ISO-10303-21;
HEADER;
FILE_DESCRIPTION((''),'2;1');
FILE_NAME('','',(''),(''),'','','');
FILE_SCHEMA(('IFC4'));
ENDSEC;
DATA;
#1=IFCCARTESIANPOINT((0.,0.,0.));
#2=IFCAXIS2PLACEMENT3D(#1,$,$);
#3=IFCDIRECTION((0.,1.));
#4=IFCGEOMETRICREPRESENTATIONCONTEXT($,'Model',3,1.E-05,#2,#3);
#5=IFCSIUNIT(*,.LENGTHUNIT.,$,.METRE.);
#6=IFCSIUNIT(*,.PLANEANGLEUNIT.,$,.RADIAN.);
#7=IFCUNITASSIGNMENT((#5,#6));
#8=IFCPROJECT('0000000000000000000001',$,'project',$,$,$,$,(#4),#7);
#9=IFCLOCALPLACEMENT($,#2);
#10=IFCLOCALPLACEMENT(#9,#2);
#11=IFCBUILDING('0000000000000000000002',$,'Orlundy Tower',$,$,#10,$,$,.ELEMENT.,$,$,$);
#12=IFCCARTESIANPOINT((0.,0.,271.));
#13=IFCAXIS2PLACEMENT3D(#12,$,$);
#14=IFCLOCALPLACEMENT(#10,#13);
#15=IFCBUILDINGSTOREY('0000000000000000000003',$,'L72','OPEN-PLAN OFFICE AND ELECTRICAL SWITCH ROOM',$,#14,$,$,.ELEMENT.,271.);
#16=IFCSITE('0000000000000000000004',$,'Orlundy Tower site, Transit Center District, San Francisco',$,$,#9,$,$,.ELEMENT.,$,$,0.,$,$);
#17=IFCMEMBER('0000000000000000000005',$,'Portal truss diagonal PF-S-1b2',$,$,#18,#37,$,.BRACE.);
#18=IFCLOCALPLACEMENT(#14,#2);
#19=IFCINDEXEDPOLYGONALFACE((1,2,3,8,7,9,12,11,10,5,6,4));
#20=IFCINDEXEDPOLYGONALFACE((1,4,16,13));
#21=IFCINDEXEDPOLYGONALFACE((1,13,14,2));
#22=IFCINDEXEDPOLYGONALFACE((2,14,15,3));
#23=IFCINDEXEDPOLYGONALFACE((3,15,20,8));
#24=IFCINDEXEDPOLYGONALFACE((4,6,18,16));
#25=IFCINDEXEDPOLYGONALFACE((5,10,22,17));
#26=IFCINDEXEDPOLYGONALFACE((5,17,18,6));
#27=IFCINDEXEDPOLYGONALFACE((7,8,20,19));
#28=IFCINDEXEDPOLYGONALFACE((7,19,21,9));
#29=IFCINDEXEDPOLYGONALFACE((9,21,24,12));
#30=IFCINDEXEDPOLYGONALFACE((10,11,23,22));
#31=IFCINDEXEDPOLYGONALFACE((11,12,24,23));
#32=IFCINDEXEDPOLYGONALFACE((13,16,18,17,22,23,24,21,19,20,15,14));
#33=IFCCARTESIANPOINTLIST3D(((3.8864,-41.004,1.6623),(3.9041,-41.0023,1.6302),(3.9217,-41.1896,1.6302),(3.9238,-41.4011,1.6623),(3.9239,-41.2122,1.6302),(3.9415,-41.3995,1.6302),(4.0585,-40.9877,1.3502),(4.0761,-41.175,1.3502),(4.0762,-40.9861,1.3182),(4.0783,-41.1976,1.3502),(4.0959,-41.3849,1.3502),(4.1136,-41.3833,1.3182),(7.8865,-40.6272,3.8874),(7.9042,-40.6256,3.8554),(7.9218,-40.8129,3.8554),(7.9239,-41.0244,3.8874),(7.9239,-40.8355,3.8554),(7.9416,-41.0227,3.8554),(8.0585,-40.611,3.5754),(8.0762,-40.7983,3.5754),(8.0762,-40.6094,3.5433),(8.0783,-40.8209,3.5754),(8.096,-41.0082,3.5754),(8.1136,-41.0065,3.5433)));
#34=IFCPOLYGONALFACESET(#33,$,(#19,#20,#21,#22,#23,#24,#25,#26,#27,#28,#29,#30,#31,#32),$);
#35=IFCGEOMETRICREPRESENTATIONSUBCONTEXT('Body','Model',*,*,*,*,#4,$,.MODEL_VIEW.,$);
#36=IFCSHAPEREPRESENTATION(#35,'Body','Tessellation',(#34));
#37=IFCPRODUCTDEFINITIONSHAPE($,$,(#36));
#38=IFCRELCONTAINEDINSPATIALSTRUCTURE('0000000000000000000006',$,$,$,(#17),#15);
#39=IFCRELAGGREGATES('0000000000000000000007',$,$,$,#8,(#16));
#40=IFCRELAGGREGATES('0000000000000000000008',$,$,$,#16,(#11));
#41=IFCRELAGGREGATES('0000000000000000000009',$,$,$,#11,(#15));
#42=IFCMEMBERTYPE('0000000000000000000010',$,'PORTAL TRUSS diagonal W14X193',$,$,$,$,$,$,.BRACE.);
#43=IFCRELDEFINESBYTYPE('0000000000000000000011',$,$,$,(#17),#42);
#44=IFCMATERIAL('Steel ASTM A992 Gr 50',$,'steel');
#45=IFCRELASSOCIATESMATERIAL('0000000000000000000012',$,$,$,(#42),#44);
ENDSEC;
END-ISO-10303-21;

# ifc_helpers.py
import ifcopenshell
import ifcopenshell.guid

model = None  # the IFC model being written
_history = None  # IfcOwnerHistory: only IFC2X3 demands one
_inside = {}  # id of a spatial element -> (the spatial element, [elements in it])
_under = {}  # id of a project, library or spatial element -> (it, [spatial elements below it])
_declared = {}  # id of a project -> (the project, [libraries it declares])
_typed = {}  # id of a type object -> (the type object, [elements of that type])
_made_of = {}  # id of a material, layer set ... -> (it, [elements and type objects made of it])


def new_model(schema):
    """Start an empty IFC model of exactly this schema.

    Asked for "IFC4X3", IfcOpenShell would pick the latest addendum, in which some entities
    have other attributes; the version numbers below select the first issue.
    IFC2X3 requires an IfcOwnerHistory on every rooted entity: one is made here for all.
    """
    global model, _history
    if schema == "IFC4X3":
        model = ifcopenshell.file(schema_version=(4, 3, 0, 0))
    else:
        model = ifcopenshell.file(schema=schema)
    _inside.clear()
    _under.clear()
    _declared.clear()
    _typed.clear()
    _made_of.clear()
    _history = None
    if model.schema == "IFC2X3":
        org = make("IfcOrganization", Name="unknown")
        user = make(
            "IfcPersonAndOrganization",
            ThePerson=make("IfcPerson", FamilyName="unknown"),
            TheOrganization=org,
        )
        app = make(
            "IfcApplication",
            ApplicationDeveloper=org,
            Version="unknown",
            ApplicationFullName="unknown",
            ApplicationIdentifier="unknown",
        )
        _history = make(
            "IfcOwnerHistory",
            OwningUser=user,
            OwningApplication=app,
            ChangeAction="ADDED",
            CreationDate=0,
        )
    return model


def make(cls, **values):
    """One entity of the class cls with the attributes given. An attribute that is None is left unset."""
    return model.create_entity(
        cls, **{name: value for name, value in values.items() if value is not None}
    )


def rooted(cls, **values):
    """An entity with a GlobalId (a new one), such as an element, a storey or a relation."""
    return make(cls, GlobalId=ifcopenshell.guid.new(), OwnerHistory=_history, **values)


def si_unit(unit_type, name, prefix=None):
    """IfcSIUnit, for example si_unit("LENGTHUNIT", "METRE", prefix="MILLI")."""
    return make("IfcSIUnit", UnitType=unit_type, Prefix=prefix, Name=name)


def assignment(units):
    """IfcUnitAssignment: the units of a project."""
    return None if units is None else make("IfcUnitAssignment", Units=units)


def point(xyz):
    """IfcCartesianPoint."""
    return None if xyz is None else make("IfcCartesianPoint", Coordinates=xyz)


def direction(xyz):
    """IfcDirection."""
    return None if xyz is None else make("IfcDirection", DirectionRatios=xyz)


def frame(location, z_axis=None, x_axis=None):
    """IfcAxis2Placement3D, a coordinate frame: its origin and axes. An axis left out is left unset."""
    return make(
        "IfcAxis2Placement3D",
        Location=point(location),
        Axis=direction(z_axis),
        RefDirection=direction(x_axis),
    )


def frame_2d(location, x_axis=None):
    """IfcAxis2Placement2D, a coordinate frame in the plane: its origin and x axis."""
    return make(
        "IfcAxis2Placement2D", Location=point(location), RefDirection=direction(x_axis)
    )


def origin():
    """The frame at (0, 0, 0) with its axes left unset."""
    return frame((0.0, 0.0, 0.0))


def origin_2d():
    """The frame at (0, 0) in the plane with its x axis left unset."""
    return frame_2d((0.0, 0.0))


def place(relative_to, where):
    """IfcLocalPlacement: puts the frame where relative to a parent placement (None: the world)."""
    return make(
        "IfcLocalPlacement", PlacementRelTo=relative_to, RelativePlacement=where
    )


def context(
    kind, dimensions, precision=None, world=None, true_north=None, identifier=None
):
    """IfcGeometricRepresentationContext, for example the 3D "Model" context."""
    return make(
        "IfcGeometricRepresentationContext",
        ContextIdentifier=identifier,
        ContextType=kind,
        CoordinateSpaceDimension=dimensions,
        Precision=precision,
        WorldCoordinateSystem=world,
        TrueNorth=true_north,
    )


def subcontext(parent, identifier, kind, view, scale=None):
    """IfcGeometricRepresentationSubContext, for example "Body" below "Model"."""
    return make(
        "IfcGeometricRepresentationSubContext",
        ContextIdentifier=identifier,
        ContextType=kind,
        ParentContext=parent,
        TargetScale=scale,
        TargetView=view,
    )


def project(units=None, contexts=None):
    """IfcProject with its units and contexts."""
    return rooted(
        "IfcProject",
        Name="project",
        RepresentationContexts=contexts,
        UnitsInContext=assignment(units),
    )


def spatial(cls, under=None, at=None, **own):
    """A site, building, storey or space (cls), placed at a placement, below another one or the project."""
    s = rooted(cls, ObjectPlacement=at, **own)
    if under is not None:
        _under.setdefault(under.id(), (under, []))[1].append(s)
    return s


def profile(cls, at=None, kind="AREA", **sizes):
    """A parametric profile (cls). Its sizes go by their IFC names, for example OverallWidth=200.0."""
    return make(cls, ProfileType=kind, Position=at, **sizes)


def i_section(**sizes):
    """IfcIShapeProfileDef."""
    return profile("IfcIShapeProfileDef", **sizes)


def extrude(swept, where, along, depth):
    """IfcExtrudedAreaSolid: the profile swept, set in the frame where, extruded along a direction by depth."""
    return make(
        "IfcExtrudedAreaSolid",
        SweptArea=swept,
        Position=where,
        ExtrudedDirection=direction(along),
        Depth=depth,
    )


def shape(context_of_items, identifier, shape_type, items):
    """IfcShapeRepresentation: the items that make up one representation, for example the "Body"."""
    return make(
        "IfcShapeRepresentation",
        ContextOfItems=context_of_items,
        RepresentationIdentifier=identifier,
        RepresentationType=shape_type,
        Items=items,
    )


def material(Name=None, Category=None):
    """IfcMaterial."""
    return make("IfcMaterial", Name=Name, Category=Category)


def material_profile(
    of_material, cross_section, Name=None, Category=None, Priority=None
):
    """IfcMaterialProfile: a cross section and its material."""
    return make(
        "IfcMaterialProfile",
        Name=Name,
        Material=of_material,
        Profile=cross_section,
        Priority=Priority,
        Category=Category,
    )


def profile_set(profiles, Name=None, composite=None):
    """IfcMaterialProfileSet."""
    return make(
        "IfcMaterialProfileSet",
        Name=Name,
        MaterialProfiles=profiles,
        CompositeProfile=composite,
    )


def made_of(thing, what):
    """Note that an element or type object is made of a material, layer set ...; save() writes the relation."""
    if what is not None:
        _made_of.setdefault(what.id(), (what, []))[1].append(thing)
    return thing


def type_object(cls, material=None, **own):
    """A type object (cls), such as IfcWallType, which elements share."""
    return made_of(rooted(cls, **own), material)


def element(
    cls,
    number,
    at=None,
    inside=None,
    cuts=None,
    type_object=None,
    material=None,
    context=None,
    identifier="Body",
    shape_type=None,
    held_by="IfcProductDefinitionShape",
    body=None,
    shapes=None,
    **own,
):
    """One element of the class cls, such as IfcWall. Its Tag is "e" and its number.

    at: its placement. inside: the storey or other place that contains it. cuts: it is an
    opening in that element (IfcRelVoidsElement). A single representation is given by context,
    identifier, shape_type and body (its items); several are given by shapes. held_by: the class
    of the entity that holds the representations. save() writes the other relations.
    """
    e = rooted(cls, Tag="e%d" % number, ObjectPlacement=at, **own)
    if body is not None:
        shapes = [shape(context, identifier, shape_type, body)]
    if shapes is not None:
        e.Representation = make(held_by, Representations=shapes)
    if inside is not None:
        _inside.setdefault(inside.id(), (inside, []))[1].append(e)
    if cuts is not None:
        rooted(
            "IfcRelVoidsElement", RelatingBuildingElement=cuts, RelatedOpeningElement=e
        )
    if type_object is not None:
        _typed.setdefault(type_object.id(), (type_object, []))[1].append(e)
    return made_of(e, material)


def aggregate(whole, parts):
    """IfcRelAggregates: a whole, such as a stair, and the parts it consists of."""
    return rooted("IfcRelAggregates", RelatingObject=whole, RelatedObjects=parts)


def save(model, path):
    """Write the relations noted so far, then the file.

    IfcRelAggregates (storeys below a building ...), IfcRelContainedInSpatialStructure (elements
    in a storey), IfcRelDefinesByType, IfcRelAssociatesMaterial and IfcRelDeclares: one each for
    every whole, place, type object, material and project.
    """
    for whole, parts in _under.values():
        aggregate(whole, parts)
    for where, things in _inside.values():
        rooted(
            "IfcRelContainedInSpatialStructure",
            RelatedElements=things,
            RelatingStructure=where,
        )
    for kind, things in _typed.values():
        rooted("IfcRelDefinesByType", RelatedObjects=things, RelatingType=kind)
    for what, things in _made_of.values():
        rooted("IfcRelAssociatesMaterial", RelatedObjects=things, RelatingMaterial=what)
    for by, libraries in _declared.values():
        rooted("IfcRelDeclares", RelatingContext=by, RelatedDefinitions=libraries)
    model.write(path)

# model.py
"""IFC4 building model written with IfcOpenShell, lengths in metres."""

from ifc_helpers import new_model, si_unit, direction, frame, origin, origin_2d, place, context, subcontext, project, spatial, i_section, extrude, material, material_profile, profile_set, type_object, element, save


model = new_model("IFC4")

# Units and contexts
model_context = context("Model", 3, precision=1e-05, world=origin(), true_north=direction((0.0, 1.0)))
body_context = subcontext(model_context, "Body", "Model", "MODEL_VIEW")
ifc_project = project(units=[si_unit("LENGTHUNIT", "METRE"), si_unit("PLANEANGLEUNIT", "RADIAN")], contexts=[model_context])

# Site, building, storey
site_placement = place(None, origin())
site = spatial("IfcSite", under=ifc_project, at=site_placement, Name="Orlundy Tower site, Transit Center District, San Francisco", CompositionType="ELEMENT", RefElevation=0.0)
building_placement = place(site_placement, origin())
building = spatial("IfcBuilding", under=site, at=building_placement, Name="Orlundy Tower", CompositionType="ELEMENT")
storey_placement = place(building_placement, frame((0.0, 0.0, 271.0)))
storey = spatial("IfcBuildingStorey", under=building, at=storey_placement, Name="L72", Description="OPEN-PLAN OFFICE AND ELECTRICAL SWITCH ROOM", CompositionType="ELEMENT", Elevation=271.0)

# Member
ifc_material_1 = material(Name="Steel ASTM A992 Gr 50", Category="steel")
ifc_material_profile_1 = material_profile(ifc_material_1, i_section(OverallWidth=0.3989, OverallDepth=0.3933, WebThickness=0.0227, FlangeThickness=0.0366, at=origin_2d()), Name="W14X193")
ifc_profile_set_1 = profile_set([ifc_material_profile_1], Name="Steel ASTM A992 Gr 50")
member_type_1 = type_object("IfcMemberType", Name="PORTAL TRUSS diagonal W14X193", PredefinedType="BRACE", material=ifc_profile_set_1)
member_1_placement = place(storey_placement, frame((4.0, -41.1936, 1.4902), z_axis=(0.870946, 0.082023, 0.484485), x_axis=(-0.093762, 0.995595, 0.0)))
element("IfcMember", 1, at=member_1_placement, inside=storey, type_object=member_type_1, Name="Portal truss diagonal PF-S-1b2", PredefinedType="BRACE", context=body_context, shape_type="SweptSolid", body=[
    extrude(i_section(OverallWidth=0.3989, OverallDepth=0.3933, WebThickness=0.0227, FlangeThickness=0.0366, at=origin_2d()), origin(), (0.0, 0.0, 1.0), 4.5928),
])

save(model, "model.ifc")
